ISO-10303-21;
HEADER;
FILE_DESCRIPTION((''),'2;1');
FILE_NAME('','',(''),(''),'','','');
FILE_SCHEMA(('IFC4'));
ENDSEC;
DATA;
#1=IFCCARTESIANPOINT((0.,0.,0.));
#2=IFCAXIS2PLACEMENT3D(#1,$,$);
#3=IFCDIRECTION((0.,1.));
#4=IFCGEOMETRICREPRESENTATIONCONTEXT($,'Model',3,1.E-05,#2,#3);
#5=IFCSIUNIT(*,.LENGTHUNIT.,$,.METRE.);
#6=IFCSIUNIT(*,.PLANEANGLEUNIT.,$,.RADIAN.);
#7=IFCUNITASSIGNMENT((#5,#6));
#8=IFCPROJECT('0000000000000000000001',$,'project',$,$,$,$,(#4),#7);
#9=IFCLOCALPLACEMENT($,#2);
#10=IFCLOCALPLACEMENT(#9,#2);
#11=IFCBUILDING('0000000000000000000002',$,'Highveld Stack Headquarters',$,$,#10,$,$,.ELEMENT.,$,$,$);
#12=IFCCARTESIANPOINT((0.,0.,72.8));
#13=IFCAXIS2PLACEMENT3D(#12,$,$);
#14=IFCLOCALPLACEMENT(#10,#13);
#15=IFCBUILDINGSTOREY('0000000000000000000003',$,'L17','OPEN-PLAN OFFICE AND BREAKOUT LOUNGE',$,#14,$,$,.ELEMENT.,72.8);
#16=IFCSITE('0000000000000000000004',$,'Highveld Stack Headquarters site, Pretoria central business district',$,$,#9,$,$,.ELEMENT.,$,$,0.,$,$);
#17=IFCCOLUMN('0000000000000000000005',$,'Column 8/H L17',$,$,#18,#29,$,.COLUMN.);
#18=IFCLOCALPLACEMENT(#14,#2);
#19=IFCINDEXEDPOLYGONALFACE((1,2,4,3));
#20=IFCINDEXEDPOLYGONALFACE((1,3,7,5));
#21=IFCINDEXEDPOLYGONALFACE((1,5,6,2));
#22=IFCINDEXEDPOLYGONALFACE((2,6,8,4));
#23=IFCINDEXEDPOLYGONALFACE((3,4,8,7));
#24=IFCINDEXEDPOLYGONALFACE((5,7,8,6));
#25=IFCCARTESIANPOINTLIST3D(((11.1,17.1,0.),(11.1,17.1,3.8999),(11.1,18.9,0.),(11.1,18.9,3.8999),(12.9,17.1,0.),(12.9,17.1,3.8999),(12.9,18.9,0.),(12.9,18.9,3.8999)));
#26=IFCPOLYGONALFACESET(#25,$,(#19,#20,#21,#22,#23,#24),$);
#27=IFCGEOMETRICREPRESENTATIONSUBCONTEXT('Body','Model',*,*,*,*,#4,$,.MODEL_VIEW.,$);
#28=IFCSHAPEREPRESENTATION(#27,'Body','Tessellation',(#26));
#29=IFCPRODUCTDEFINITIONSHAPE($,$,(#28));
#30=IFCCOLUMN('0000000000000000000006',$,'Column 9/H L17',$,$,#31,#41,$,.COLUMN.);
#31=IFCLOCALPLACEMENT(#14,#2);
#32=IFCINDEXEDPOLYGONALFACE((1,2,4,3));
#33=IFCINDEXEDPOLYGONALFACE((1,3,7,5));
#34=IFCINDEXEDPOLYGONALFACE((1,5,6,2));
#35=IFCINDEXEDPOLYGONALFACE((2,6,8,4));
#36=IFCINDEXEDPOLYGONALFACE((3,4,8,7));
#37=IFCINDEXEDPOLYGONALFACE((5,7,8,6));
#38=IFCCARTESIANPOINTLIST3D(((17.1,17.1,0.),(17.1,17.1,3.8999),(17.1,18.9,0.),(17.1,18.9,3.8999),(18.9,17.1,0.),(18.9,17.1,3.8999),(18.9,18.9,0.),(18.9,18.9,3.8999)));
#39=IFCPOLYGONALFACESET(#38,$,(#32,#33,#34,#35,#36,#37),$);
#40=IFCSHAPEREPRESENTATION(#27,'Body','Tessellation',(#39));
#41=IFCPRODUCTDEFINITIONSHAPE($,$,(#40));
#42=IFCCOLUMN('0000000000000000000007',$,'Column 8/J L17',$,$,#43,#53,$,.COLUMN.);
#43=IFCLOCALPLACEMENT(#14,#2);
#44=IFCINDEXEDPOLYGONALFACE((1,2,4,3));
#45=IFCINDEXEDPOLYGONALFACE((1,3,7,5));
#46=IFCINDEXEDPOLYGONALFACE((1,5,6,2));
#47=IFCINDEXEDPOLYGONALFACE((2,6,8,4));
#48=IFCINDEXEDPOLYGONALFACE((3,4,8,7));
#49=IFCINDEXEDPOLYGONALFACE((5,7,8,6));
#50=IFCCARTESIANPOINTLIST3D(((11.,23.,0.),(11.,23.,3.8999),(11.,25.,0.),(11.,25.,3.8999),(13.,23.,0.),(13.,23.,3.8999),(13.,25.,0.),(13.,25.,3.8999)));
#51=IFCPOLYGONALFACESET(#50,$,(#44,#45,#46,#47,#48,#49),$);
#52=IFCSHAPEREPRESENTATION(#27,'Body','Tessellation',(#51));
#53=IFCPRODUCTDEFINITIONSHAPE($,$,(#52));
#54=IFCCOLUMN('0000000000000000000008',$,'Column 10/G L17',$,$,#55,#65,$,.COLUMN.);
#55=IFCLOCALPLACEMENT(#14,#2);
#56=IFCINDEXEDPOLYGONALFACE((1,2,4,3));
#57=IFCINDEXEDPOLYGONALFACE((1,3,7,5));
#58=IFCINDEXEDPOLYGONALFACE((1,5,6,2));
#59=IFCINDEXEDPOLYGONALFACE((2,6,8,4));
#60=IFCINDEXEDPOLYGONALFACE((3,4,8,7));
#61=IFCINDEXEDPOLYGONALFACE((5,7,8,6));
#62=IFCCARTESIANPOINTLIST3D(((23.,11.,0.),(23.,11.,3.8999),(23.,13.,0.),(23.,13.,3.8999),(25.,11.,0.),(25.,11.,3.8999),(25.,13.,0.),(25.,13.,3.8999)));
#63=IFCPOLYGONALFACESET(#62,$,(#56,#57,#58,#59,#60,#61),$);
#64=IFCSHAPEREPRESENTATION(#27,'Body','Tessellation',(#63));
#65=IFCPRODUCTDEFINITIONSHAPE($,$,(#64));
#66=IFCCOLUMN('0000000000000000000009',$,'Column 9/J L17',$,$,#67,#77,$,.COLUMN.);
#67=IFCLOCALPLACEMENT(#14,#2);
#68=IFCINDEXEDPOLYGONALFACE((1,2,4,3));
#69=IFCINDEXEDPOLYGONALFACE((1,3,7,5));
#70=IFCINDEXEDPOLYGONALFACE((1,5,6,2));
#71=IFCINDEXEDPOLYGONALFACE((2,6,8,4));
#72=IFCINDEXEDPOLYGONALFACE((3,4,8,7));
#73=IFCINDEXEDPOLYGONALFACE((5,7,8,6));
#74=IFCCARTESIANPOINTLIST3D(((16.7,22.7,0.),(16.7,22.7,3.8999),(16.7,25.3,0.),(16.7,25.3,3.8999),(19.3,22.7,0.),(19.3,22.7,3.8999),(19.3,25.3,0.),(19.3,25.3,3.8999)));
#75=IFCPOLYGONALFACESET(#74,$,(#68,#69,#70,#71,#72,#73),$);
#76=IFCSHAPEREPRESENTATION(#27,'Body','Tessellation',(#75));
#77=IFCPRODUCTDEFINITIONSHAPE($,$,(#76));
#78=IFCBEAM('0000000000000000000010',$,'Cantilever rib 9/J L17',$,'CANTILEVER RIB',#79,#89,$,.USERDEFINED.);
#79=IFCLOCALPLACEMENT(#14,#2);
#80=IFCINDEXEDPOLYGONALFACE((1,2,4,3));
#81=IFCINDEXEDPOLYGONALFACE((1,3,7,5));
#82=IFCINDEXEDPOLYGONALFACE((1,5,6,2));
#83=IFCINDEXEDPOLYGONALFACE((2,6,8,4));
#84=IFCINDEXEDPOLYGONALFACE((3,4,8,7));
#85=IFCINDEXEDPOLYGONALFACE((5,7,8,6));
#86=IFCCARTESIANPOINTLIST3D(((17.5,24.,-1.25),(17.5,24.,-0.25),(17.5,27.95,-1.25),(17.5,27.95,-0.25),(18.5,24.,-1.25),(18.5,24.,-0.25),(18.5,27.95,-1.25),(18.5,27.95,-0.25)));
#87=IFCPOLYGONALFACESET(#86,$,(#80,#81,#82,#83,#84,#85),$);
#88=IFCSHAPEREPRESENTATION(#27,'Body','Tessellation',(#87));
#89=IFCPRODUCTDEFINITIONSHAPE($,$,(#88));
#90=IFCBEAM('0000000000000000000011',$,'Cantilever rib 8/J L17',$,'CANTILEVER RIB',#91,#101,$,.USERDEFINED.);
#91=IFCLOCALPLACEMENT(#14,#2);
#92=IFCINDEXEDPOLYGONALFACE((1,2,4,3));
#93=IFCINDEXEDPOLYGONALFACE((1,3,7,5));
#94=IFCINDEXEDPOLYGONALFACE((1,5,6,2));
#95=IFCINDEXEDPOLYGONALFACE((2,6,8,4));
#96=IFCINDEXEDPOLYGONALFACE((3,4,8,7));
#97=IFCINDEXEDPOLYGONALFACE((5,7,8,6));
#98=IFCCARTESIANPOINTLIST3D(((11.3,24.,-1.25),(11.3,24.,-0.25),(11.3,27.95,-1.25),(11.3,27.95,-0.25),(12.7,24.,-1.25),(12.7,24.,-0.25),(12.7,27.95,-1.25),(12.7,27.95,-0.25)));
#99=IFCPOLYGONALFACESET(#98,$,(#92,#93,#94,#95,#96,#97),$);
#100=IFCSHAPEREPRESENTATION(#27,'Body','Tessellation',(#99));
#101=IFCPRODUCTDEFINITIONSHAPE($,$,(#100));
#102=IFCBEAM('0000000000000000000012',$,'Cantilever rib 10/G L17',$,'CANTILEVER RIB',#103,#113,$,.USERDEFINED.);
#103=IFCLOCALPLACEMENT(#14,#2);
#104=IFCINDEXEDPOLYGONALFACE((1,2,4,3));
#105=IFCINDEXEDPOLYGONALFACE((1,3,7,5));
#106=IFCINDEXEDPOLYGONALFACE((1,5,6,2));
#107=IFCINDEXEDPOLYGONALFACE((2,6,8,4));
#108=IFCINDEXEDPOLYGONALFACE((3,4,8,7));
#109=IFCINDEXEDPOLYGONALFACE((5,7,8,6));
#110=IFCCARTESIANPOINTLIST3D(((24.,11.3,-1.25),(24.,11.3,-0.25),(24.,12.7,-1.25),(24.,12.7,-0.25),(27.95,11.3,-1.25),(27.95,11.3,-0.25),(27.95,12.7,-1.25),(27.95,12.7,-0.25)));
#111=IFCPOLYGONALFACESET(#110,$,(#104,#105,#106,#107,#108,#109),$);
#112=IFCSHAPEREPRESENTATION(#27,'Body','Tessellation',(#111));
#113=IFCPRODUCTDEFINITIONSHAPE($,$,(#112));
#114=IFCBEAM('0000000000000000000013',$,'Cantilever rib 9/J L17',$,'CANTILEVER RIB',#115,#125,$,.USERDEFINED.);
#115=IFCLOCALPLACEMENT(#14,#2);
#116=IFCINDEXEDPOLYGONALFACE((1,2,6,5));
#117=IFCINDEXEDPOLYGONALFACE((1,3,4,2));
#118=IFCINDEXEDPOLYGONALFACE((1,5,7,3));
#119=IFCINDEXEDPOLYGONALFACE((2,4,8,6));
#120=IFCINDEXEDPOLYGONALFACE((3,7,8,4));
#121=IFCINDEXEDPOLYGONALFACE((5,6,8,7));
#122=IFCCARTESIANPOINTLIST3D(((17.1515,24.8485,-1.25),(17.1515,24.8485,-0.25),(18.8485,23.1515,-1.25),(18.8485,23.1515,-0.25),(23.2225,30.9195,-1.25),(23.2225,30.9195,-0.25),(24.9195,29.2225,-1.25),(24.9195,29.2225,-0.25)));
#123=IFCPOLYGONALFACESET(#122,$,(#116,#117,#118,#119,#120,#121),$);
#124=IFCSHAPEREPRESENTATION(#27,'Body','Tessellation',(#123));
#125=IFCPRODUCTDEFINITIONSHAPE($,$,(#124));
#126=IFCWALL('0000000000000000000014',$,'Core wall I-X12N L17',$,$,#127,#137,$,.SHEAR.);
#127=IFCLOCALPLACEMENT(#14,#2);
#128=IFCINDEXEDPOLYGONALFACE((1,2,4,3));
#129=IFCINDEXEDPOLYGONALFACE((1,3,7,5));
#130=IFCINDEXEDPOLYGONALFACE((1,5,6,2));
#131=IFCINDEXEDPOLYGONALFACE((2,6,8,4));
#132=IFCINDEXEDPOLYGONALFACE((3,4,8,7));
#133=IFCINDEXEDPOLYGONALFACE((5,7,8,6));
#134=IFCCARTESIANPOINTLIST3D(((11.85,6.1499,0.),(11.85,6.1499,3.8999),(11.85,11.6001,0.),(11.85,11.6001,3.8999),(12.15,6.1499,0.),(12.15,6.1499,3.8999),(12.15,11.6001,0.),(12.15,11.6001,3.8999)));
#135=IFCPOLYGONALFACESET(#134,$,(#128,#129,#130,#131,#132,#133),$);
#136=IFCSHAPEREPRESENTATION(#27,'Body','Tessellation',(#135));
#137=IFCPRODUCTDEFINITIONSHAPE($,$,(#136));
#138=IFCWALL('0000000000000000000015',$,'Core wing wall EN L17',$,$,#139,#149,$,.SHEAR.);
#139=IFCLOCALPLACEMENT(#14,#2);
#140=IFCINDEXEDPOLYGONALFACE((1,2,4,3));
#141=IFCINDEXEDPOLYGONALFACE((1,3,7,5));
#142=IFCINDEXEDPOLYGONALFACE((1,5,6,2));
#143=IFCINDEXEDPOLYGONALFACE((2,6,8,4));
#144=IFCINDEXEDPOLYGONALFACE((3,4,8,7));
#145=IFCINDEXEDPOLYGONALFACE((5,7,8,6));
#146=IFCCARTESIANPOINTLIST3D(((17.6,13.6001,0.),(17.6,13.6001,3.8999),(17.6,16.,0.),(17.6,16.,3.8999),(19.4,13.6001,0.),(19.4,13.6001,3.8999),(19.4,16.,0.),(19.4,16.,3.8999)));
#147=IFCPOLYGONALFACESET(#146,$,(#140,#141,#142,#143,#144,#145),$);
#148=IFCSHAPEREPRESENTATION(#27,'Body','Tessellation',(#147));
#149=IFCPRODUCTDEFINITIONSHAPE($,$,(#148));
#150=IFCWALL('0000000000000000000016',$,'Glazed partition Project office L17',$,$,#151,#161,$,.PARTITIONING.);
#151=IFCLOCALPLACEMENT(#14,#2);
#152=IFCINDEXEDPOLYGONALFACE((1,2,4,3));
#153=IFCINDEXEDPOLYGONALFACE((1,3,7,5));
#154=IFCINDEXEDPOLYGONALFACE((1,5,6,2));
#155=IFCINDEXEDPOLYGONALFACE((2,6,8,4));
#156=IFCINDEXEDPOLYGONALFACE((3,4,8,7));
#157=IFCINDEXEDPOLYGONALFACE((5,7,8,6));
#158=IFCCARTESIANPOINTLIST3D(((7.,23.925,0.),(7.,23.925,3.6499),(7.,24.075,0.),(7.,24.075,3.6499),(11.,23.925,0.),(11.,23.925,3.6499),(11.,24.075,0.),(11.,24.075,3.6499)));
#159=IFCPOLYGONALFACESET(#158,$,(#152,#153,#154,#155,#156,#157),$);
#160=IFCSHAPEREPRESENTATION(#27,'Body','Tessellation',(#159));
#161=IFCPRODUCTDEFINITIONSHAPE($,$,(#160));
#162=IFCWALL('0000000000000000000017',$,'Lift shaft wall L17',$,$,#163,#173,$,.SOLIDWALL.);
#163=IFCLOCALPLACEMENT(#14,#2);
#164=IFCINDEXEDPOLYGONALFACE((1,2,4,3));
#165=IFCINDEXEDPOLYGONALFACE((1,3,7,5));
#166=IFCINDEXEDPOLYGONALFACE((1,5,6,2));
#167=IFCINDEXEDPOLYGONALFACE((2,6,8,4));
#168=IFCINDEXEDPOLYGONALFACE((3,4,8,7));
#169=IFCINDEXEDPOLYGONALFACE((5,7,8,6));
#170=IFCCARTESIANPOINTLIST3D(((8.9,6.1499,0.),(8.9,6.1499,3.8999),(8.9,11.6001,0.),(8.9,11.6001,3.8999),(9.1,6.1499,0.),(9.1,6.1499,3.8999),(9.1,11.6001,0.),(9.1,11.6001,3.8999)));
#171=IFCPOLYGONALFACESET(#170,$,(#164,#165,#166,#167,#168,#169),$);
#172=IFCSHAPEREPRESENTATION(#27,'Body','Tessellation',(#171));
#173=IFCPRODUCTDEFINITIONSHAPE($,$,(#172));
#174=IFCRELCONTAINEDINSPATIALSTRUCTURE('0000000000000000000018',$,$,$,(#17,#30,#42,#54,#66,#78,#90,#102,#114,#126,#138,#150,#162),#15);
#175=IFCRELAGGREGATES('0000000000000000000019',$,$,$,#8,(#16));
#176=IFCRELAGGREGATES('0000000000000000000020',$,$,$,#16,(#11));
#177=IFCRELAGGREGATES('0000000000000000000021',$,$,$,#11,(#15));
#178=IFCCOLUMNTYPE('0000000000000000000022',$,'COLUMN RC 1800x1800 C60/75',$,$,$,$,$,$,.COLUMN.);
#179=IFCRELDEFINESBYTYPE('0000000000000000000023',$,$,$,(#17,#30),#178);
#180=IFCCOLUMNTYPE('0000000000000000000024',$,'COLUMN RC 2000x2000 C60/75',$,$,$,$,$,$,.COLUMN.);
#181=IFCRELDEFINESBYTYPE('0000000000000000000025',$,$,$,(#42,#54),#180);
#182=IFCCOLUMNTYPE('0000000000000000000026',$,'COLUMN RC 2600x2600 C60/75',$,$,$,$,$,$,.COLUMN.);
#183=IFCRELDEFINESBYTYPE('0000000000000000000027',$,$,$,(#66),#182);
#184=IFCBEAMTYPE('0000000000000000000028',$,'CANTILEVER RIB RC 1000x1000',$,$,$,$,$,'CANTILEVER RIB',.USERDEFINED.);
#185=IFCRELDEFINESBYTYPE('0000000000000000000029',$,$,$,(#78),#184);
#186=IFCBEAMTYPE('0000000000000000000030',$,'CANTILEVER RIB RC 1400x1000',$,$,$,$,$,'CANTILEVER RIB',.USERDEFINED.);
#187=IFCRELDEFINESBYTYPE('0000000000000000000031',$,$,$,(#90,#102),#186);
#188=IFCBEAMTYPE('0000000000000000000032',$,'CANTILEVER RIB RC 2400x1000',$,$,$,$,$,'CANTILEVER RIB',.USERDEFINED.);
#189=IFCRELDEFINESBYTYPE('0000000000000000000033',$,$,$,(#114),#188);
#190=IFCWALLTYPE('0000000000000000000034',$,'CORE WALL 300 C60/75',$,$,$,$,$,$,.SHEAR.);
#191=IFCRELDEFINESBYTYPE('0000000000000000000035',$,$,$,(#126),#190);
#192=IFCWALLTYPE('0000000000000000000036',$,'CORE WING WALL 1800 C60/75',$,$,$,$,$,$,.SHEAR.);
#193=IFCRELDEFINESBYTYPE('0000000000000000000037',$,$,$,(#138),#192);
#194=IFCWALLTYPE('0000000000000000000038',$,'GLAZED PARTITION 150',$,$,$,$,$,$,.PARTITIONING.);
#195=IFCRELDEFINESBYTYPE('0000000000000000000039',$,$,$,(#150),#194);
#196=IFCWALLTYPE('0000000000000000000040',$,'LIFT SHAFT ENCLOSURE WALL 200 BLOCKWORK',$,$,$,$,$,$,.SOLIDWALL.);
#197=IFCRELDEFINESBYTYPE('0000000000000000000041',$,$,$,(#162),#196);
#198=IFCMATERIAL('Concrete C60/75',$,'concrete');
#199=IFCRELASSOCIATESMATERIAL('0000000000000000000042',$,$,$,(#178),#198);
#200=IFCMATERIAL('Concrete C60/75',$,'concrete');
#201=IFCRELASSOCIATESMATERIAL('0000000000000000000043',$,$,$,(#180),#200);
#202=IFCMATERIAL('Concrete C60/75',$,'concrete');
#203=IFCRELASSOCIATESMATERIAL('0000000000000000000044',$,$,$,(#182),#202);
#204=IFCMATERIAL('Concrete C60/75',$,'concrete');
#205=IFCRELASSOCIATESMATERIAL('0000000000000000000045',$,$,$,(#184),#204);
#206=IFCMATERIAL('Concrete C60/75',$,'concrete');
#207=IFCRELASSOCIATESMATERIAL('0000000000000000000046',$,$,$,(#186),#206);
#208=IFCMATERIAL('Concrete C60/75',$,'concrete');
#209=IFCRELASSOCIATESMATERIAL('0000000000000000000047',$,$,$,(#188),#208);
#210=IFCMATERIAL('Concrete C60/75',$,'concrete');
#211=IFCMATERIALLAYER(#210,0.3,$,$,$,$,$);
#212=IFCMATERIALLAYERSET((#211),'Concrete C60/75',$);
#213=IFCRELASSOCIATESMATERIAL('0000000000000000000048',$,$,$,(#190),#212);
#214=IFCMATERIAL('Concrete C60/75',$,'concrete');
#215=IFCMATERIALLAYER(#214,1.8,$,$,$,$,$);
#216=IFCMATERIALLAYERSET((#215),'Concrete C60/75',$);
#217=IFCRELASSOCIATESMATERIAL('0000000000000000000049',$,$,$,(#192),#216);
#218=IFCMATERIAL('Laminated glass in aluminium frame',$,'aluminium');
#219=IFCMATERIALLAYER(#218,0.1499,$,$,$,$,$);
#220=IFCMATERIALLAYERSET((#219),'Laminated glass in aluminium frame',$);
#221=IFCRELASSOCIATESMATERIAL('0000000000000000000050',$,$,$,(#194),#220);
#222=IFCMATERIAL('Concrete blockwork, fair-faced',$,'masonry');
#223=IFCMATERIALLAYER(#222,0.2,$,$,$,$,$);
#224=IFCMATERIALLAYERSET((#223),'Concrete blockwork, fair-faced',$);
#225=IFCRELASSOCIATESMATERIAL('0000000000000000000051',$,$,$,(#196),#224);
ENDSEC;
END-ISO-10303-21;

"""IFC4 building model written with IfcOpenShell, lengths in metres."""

from ifc_helpers import new_model, si_unit, direction, frame, frame_2d, origin, origin_2d, place, context, subcontext, project, spatial, rectangle, extrude, material, layer, layer_set, material_profile, profile_set, type_object, element, save


model = new_model("IFC4")

# Units and contexts
model_context = context("Model", 3, precision=1e-05, world=origin(), true_north=direction((0.0, 1.0)))
body_context = subcontext(model_context, "Body", "Model", "MODEL_VIEW")
ifc_project = project(units=[si_unit("LENGTHUNIT", "METRE"), si_unit("PLANEANGLEUNIT", "RADIAN")], contexts=[model_context])

# Site, building, storey
site_placement = place(None, origin())
site = spatial("IfcSite", under=ifc_project, at=site_placement, Name="Highveld Stack Headquarters site, Pretoria central business district", CompositionType="ELEMENT", RefElevation=0.0)
building_placement = place(site_placement, origin())
building = spatial("IfcBuilding", under=site, at=building_placement, Name="Highveld Stack Headquarters", CompositionType="ELEMENT")
storey_placement = place(building_placement, frame((0.0, 0.0, 72.8)))
storey = spatial("IfcBuildingStorey", under=building, at=storey_placement, Name="L17", Description="OPEN-PLAN OFFICE AND BREAKOUT LOUNGE", CompositionType="ELEMENT", Elevation=72.8)

# Columns
ifc_material_1 = material(Name="Concrete C60/75", Category="concrete")
ifc_material_profile_1 = material_profile(ifc_material_1, rectangle(XDim=1.8, YDim=1.8, at=origin_2d()), Name="RC 1800x1800")
ifc_profile_set_1 = profile_set([ifc_material_profile_1], Name="Concrete C60/75")
column_type_1 = type_object("IfcColumnType", Name="COLUMN RC 1800x1800 C60/75", PredefinedType="COLUMN", material=ifc_profile_set_1)
for number, where, z_axis, x_axis, name in (
    (1, (12.0, 18.0, 0.0), (0.0, 0.0, 1.0), (1.0, 0.0, 0.0), "Column 8/H L17"),
    (2, (18.0, 18.0, 0.0), (0.0, 0.0, 1.0), (1.0, 0.0, 0.0), "Column 9/H L17"),
):
    element("IfcColumn", number, at=place(storey_placement, frame(where, z_axis=z_axis, x_axis=x_axis)), inside=storey, type_object=column_type_1, Name=name, PredefinedType="COLUMN", context=body_context, shape_type="SweptSolid", body=[
        extrude(rectangle(XDim=1.8, YDim=1.8, at=origin_2d()), origin(), (0.0, 0.0, 1.0), 3.8999),
    ])
ifc_material_2 = material(Name="Concrete C60/75", Category="concrete")
ifc_material_profile_2 = material_profile(ifc_material_2, rectangle(XDim=2.0, YDim=2.0, at=origin_2d()), Name="RC 2000x2000")
ifc_profile_set_2 = profile_set([ifc_material_profile_2], Name="Concrete C60/75")
column_type_2 = type_object("IfcColumnType", Name="COLUMN RC 2000x2000 C60/75", PredefinedType="COLUMN", material=ifc_profile_set_2)
for number, where, z_axis, x_axis, name in (
    (3, (12.0, 24.0, 0.0), (0.0, 0.0, 1.0), (1.0, 0.0, 0.0), "Column 8/J L17"),
    (4, (24.0, 12.0, 0.0), (0.0, 0.0, 1.0), (1.0, 0.0, 0.0), "Column 10/G L17"),
):
    element("IfcColumn", number, at=place(storey_placement, frame(where, z_axis=z_axis, x_axis=x_axis)), inside=storey, type_object=column_type_2, Name=name, PredefinedType="COLUMN", context=body_context, shape_type="SweptSolid", body=[
        extrude(rectangle(XDim=2.0, YDim=2.0, at=origin_2d()), origin(), (0.0, 0.0, 1.0), 3.8999),
    ])
ifc_material_3 = material(Name="Concrete C60/75", Category="concrete")
ifc_material_profile_3 = material_profile(ifc_material_3, rectangle(XDim=2.6001, YDim=2.6001, at=origin_2d()), Name="RC 2600x2600")
ifc_profile_set_3 = profile_set([ifc_material_profile_3], Name="Concrete C60/75")
column_type_3 = type_object("IfcColumnType", Name="COLUMN RC 2600x2600 C60/75", PredefinedType="COLUMN", material=ifc_profile_set_3)
column_placement = place(storey_placement, frame((18.0, 24.0, 0.0), z_axis=(0.0, 0.0, 1.0), x_axis=(1.0, 0.0, 0.0)))
element("IfcColumn", 5, at=column_placement, inside=storey, type_object=column_type_3, Name="Column 9/J L17", PredefinedType="COLUMN", context=body_context, shape_type="SweptSolid", body=[
    extrude(rectangle(XDim=2.6001, YDim=2.6001, at=origin_2d()), origin(), (0.0, 0.0, 1.0), 3.8999),
])

# Beams
ifc_material_4 = material(Name="Concrete C60/75", Category="concrete")
ifc_material_profile_4 = material_profile(ifc_material_4, rectangle(XDim=1.0, YDim=1.0, at=origin_2d()), Name="RC 1000x1000")
ifc_profile_set_4 = profile_set([ifc_material_profile_4], Name="Concrete C60/75")
beam_type_1 = type_object("IfcBeamType", Name="CANTILEVER RIB RC 1000x1000", ElementType="CANTILEVER RIB", PredefinedType="USERDEFINED", material=ifc_profile_set_4)
beam_1_placement = place(storey_placement, frame((18.0, 24.0, -0.75), z_axis=(0.0, 1.0, 0.0), x_axis=(-1.0, 0.0, 0.0)))
element("IfcBeam", 6, at=beam_1_placement, inside=storey, type_object=beam_type_1, Name="Cantilever rib 9/J L17", ObjectType="CANTILEVER RIB", PredefinedType="USERDEFINED", context=body_context, shape_type="SweptSolid", body=[
    extrude(rectangle(XDim=1.0, YDim=1.0, at=origin_2d()), origin(), (0.0, 0.0, 1.0), 3.95),
])
ifc_material_5 = material(Name="Concrete C60/75", Category="concrete")
ifc_material_profile_5 = material_profile(ifc_material_5, rectangle(XDim=1.3999, YDim=1.0, at=origin_2d()), Name="RC 1400x1000")
ifc_profile_set_5 = profile_set([ifc_material_profile_5], Name="Concrete C60/75")
beam_type_2 = type_object("IfcBeamType", Name="CANTILEVER RIB RC 1400x1000", ElementType="CANTILEVER RIB", PredefinedType="USERDEFINED", material=ifc_profile_set_5)
for number, where, z_axis, x_axis, name in (
    (7, (12.0, 24.0, -0.75), (0.0, 1.0, 0.0), (-1.0, 0.0, 0.0), "Cantilever rib 8/J L17"),
    (8, (24.0, 12.0, -0.75), (1.0, 0.0, 0.0), (0.0, 1.0, 0.0), "Cantilever rib 10/G L17"),
):
    element("IfcBeam", number, at=place(storey_placement, frame(where, z_axis=z_axis, x_axis=x_axis)), inside=storey, type_object=beam_type_2, Name=name, ObjectType="CANTILEVER RIB", PredefinedType="USERDEFINED", context=body_context, shape_type="SweptSolid", body=[
        extrude(rectangle(XDim=1.3999, YDim=1.0, at=origin_2d()), origin(), (0.0, 0.0, 1.0), 3.95),
    ])
ifc_material_6 = material(Name="Concrete C60/75", Category="concrete")
ifc_material_profile_6 = material_profile(ifc_material_6, rectangle(XDim=2.3999, YDim=1.0, at=origin_2d()), Name="RC 2400x1000")
ifc_profile_set_6 = profile_set([ifc_material_profile_6], Name="Concrete C60/75")
beam_type_3 = type_object("IfcBeamType", Name="CANTILEVER RIB RC 2400x1000", ElementType="CANTILEVER RIB", PredefinedType="USERDEFINED", material=ifc_profile_set_6)
beam_2_placement = place(storey_placement, frame((18.0, 24.0, -0.75), z_axis=(0.707107, 0.707107, 0.0), x_axis=(-0.707107, 0.707107, 0.0)))
element("IfcBeam", 9, at=beam_2_placement, inside=storey, type_object=beam_type_3, Name="Cantilever rib 9/J L17", ObjectType="CANTILEVER RIB", PredefinedType="USERDEFINED", context=body_context, shape_type="SweptSolid", body=[
    extrude(rectangle(XDim=2.3999, YDim=1.0, at=origin_2d()), origin(), (0.0, 0.0, 1.0), 8.5857),
])

# Walls
ifc_material_7 = material(Name="Concrete C60/75", Category="concrete")
ifc_layer_1 = layer(ifc_material_7, 0.3)
ifc_layer_set_1 = layer_set([ifc_layer_1], Name="Concrete C60/75")
wall_type_1 = type_object("IfcWallType", Name="CORE WALL 300 C60/75", PredefinedType="SHEAR", material=ifc_layer_set_1)
wall_1_placement = place(storey_placement, frame((12.0, 6.1499, 0.0), z_axis=(0.0, 0.0, 1.0), x_axis=(0.0, 1.0, 0.0)))
element("IfcWall", 10, at=wall_1_placement, inside=storey, type_object=wall_type_1, Name="Core wall I-X12N L17", PredefinedType="SHEAR", context=body_context, shape_type="SweptSolid", body=[
    extrude(rectangle(XDim=5.4502, YDim=0.3, at=frame_2d((2.7251, 0.0))), origin(), (0.0, 0.0, 1.0), 3.8999),
])
ifc_material_8 = material(Name="Concrete C60/75", Category="concrete")
ifc_layer_2 = layer(ifc_material_8, 1.8)
ifc_layer_set_2 = layer_set([ifc_layer_2], Name="Concrete C60/75")
wall_type_2 = type_object("IfcWallType", Name="CORE WING WALL 1800 C60/75", PredefinedType="SHEAR", material=ifc_layer_set_2)
wall_2_placement = place(storey_placement, frame((18.5, 13.6001, 0.0), z_axis=(0.0, 0.0, 1.0), x_axis=(0.0, 1.0, 0.0)))
element("IfcWall", 11, at=wall_2_placement, inside=storey, type_object=wall_type_2, Name="Core wing wall EN L17", PredefinedType="SHEAR", context=body_context, shape_type="SweptSolid", body=[
    extrude(rectangle(XDim=2.3999, YDim=1.8, at=frame_2d((1.2, 0.0))), origin(), (0.0, 0.0, 1.0), 3.8999),
])
ifc_material_9 = material(Name="Laminated glass in aluminium frame", Category="aluminium")
ifc_layer_3 = layer(ifc_material_9, 0.1499)
ifc_layer_set_3 = layer_set([ifc_layer_3], Name="Laminated glass in aluminium frame")
wall_type_3 = type_object("IfcWallType", Name="GLAZED PARTITION 150", PredefinedType="PARTITIONING", material=ifc_layer_set_3)
wall_3_placement = place(storey_placement, frame((7.0, 24.0, 0.0), z_axis=(0.0, 0.0, 1.0), x_axis=(1.0, 0.0, 0.0)))
element("IfcWall", 12, at=wall_3_placement, inside=storey, type_object=wall_type_3, Name="Glazed partition Project office L17", PredefinedType="PARTITIONING", context=body_context, shape_type="SweptSolid", body=[
    extrude(rectangle(XDim=4.0, YDim=0.1499, at=frame_2d((2.0, 0.0))), origin(), (0.0, 0.0, 1.0), 3.6499),
])
ifc_material_10 = material(Name="Concrete blockwork, fair-faced", Category="masonry")
ifc_layer_4 = layer(ifc_material_10, 0.2)
ifc_layer_set_4 = layer_set([ifc_layer_4], Name="Concrete blockwork, fair-faced")
wall_type_4 = type_object("IfcWallType", Name="LIFT SHAFT ENCLOSURE WALL 200 BLOCKWORK", PredefinedType="SOLIDWALL", material=ifc_layer_set_4)
wall_4_placement = place(storey_placement, frame((9.0, 6.1499, 0.0), z_axis=(0.0, 0.0, 1.0), x_axis=(0.0, 1.0, 0.0)))
element("IfcWall", 13, at=wall_4_placement, inside=storey, type_object=wall_type_4, Name="Lift shaft wall L17", PredefinedType="SOLIDWALL", context=body_context, shape_type="SweptSolid", body=[
    extrude(rectangle(XDim=5.4502, YDim=0.2, at=frame_2d((2.7251, 0.0))), origin(), (0.0, 0.0, 1.0), 3.8999),
])

save(model, "model.ifc")
